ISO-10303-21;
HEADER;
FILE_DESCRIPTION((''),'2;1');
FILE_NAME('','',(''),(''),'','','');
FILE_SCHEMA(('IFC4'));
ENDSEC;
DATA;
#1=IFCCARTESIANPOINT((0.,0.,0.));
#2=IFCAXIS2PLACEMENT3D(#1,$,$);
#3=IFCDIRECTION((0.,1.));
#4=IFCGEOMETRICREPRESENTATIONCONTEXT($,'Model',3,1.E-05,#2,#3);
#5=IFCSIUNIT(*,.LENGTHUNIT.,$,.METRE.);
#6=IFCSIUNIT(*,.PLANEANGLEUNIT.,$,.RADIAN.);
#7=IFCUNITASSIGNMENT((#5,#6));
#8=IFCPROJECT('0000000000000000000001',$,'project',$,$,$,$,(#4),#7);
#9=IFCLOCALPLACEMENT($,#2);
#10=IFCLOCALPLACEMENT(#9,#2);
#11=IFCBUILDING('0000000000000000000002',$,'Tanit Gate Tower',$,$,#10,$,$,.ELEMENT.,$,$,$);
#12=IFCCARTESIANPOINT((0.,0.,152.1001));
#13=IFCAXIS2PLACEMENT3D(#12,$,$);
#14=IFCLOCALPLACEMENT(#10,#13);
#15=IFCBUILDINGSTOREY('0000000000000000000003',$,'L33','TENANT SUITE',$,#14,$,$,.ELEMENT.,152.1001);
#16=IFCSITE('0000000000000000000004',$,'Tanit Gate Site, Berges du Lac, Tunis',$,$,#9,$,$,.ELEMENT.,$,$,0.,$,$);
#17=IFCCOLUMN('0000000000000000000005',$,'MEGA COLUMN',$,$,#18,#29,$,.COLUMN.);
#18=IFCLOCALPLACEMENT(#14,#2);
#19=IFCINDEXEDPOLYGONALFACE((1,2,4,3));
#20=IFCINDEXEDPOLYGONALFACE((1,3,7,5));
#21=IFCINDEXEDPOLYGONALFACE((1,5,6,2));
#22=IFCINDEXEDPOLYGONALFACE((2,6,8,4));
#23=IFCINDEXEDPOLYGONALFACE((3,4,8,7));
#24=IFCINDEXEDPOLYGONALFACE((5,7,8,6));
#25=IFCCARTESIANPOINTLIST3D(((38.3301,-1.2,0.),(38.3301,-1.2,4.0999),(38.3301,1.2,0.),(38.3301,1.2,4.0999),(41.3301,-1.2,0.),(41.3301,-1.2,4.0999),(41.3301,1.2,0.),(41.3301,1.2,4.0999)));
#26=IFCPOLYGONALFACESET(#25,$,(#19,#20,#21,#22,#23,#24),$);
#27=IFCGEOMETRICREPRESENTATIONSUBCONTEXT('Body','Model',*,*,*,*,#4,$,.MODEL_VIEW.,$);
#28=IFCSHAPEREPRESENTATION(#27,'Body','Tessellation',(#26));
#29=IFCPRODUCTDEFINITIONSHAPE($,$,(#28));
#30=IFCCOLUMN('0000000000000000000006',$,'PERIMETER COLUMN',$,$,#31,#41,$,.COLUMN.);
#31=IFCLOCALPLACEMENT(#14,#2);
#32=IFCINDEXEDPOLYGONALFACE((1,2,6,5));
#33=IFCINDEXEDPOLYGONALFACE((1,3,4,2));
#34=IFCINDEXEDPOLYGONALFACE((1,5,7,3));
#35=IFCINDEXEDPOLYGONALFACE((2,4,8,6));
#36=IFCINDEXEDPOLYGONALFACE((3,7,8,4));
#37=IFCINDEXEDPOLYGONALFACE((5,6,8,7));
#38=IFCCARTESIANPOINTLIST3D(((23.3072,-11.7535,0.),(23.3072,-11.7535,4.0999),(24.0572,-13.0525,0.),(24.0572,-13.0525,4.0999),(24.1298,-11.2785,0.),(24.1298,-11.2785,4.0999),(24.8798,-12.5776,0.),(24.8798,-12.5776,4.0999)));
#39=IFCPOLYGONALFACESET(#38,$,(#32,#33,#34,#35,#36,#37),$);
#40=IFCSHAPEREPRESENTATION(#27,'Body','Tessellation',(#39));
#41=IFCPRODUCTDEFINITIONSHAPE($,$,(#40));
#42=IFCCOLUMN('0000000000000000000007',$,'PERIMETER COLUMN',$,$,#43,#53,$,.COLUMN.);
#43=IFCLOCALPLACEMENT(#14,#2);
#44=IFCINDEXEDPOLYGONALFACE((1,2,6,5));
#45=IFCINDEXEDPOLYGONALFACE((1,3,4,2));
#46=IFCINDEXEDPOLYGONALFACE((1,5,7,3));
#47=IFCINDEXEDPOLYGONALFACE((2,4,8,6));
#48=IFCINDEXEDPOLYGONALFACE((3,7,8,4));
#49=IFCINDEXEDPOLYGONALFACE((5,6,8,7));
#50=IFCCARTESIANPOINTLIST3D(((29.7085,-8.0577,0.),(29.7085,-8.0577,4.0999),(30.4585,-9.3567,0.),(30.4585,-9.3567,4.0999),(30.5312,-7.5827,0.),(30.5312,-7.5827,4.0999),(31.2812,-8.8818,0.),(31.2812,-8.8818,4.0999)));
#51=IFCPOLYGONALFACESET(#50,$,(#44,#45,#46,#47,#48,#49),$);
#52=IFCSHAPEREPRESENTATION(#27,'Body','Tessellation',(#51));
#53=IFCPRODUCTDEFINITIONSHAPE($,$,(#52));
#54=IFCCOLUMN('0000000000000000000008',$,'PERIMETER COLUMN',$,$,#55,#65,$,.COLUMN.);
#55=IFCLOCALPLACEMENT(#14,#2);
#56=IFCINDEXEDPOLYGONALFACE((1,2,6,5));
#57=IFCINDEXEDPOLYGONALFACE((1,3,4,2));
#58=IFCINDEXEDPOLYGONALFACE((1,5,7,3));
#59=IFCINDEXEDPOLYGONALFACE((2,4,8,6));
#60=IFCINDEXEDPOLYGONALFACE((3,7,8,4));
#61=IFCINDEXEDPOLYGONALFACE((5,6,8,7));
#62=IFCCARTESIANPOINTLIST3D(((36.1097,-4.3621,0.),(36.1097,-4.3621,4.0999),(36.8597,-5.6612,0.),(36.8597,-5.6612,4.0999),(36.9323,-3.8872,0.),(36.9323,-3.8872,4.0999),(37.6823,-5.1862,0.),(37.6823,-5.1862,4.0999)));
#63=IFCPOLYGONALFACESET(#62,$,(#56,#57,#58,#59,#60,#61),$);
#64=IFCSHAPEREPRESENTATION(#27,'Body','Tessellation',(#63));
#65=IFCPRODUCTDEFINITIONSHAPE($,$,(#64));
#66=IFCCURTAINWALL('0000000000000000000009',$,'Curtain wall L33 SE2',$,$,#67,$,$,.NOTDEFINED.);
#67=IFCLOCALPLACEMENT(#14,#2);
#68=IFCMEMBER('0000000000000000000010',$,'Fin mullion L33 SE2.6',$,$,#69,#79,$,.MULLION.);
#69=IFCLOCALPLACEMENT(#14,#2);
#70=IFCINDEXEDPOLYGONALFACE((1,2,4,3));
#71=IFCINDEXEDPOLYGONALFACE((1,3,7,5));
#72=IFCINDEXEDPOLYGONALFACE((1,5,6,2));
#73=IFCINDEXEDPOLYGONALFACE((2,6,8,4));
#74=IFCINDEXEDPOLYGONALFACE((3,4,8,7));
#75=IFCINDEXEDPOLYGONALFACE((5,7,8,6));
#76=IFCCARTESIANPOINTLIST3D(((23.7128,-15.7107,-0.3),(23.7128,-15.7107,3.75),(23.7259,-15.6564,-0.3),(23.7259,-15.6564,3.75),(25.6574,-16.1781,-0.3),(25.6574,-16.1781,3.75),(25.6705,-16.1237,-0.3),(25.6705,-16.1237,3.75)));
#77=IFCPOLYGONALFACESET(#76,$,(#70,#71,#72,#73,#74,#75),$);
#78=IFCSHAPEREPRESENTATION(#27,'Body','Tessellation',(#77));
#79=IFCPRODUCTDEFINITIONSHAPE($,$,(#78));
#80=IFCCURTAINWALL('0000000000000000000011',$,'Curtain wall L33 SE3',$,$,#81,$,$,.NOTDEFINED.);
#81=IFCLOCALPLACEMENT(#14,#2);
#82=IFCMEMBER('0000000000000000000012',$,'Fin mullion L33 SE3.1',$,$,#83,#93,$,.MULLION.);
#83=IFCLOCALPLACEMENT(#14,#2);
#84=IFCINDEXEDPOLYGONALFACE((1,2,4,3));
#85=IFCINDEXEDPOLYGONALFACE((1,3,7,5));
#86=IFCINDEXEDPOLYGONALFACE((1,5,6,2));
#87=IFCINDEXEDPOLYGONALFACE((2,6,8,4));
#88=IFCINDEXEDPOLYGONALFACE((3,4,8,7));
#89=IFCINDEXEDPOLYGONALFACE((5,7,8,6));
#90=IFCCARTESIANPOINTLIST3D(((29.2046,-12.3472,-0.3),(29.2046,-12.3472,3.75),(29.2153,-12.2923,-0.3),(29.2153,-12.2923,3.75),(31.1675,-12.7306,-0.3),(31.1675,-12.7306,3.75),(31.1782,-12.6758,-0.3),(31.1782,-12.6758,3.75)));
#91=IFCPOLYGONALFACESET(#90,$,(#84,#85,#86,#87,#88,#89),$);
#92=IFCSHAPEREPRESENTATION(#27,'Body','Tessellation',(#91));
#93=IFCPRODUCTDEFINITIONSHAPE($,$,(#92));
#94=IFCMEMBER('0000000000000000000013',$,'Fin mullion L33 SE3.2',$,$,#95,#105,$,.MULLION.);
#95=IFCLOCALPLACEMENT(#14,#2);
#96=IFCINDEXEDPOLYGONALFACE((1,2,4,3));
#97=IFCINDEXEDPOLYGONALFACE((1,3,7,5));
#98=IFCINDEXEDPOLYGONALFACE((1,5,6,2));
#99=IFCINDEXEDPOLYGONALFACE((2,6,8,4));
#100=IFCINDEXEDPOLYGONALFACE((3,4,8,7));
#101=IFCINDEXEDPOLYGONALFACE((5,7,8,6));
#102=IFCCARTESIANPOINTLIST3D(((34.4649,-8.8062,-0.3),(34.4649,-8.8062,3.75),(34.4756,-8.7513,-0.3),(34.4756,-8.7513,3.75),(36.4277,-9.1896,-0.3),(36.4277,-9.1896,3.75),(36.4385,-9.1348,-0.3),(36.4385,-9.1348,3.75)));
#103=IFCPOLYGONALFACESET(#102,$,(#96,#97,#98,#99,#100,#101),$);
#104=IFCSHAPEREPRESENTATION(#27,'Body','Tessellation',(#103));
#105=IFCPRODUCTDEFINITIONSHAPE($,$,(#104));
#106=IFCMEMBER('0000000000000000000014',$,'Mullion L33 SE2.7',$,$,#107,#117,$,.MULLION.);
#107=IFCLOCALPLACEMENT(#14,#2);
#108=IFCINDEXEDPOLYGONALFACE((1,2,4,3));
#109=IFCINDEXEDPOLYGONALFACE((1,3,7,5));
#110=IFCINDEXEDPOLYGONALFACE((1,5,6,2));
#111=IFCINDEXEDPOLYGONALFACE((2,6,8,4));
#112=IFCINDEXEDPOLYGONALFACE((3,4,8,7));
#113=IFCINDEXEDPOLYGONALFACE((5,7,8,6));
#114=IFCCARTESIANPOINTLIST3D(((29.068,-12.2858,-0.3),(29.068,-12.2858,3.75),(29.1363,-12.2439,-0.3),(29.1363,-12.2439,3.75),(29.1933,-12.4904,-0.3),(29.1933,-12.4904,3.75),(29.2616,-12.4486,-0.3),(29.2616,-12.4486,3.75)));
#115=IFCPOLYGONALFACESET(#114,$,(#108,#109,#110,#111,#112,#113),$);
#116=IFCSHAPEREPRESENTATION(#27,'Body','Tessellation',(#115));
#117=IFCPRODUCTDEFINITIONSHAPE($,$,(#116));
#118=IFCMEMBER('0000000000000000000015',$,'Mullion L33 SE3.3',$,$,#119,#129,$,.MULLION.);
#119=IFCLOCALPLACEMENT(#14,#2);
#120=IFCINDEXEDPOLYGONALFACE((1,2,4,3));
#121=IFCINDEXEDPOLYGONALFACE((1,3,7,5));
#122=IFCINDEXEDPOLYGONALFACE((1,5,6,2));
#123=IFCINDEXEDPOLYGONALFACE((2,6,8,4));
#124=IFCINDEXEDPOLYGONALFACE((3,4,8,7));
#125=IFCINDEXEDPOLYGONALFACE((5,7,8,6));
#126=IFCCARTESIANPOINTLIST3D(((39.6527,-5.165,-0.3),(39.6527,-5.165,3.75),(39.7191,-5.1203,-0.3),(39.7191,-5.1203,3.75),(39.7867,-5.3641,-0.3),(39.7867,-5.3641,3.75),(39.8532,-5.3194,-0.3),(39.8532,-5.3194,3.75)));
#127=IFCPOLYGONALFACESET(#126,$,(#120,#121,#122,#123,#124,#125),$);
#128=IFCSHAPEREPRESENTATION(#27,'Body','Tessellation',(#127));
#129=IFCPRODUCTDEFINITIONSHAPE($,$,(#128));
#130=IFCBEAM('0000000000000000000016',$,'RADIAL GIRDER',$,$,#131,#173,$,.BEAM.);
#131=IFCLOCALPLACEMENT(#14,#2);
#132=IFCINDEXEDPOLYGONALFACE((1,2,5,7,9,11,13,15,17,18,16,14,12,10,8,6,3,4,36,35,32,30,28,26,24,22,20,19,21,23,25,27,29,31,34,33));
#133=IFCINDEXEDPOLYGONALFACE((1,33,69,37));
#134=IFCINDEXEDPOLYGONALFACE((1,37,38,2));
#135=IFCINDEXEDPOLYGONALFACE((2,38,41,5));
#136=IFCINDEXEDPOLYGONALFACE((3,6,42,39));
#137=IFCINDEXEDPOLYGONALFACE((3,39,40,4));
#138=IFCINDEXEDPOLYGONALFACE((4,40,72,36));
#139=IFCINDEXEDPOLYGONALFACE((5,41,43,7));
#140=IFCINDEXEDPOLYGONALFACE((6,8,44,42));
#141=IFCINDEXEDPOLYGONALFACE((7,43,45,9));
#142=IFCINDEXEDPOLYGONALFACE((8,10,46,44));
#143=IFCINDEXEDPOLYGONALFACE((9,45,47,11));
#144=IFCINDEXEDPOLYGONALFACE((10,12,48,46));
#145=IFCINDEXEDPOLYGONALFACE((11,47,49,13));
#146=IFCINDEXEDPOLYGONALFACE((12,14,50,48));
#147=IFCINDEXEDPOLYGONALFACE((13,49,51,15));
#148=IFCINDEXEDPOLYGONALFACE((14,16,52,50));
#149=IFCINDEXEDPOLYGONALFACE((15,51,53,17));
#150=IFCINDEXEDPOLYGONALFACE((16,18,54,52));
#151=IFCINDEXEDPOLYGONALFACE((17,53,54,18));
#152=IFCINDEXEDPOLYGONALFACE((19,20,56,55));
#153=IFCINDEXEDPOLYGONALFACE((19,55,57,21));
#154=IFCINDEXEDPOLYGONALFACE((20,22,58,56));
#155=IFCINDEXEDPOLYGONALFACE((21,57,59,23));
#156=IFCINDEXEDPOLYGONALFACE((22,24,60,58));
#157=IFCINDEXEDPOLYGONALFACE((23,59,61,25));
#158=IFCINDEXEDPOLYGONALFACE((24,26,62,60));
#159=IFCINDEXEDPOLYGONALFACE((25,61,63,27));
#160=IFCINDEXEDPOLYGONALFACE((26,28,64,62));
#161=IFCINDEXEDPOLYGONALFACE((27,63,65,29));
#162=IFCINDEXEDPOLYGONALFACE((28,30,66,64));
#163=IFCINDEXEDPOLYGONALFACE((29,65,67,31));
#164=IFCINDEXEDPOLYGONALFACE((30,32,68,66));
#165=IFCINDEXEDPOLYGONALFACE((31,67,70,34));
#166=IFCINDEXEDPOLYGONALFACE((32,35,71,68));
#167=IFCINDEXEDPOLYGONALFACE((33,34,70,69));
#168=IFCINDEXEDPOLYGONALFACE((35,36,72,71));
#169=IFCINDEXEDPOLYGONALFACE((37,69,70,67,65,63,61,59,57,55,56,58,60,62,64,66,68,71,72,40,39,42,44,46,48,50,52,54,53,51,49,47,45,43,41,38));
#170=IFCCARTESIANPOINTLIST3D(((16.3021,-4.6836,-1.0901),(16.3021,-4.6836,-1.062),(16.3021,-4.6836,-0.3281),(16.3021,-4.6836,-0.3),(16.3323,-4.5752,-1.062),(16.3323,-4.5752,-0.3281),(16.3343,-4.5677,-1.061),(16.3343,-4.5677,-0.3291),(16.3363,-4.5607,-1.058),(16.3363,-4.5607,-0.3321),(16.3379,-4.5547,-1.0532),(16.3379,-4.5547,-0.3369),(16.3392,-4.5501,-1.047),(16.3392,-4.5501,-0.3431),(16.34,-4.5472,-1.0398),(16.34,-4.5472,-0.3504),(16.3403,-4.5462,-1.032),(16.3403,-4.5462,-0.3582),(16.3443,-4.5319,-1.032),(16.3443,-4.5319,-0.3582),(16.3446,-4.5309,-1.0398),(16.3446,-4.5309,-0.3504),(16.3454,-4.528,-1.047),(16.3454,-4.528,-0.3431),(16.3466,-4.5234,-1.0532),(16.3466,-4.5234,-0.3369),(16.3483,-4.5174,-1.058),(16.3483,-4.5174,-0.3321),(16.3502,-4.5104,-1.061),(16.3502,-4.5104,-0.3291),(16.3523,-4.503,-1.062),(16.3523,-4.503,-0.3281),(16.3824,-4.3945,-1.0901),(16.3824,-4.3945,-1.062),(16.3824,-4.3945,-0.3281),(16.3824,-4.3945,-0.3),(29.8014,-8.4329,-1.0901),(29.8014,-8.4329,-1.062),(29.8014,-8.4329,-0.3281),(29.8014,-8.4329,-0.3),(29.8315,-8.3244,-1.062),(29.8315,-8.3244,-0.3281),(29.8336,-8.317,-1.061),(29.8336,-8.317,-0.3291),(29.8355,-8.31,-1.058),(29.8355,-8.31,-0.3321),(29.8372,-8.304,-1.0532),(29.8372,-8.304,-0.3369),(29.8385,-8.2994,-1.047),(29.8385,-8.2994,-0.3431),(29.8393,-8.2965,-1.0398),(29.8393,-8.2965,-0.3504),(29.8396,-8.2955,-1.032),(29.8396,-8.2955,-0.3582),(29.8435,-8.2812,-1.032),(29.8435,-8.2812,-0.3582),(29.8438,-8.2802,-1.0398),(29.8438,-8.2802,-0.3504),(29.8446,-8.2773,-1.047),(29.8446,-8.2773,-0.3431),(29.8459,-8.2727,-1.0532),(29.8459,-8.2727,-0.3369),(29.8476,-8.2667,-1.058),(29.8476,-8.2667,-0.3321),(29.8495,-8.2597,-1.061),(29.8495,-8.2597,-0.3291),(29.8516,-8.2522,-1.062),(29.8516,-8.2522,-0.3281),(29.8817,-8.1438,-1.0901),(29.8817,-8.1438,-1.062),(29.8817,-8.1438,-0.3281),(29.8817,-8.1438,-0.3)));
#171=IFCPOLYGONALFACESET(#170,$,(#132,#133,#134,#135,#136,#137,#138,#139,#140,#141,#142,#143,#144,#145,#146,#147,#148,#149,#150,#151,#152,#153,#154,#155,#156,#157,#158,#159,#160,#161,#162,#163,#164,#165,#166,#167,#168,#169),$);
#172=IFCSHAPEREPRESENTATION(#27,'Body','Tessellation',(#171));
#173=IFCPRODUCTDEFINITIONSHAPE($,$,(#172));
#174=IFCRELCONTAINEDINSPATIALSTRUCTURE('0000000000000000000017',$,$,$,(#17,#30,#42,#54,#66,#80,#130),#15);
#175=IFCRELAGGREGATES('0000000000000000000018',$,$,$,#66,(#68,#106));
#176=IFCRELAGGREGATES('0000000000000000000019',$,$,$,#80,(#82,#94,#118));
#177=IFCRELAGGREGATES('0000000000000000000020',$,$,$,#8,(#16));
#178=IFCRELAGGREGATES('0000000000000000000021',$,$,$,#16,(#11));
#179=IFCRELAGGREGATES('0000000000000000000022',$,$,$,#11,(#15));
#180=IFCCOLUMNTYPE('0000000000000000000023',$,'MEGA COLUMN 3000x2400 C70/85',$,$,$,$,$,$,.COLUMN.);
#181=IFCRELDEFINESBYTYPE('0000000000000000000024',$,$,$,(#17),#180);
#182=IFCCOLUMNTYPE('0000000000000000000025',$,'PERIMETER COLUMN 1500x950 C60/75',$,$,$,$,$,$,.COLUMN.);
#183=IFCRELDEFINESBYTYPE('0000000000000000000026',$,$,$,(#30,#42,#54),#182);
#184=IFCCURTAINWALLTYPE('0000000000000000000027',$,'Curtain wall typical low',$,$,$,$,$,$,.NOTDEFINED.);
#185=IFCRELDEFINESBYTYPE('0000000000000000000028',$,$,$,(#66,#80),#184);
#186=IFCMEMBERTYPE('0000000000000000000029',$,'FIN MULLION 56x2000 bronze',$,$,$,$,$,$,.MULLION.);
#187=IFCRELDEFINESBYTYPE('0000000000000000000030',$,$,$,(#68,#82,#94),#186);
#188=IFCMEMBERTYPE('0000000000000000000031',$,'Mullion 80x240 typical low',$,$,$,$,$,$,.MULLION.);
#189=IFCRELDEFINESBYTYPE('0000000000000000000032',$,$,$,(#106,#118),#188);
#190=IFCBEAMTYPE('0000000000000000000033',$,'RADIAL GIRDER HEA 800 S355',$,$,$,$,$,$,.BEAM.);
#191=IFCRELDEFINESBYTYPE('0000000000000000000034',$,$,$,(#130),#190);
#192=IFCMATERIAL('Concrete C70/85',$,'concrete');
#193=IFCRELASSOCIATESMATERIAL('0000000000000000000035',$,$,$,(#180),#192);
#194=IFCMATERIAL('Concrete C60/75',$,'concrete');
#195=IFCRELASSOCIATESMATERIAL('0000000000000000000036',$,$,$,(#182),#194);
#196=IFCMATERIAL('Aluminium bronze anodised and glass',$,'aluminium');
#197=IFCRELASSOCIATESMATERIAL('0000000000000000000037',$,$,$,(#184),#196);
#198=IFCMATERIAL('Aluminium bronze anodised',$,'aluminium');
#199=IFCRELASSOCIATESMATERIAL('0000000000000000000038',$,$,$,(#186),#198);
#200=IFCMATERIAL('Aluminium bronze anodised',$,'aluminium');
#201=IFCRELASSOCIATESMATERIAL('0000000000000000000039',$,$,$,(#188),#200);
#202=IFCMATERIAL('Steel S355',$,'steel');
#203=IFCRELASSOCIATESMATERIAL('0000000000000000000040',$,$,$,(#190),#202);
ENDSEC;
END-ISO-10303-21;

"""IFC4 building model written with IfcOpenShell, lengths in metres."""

from ifc_helpers import new_model, si_unit, direction, frame, origin, origin_2d, place, context, subcontext, project, spatial, rectangle, i_section, extrude, material, material_profile, profile_set, type_object, element, aggregate, save


model = new_model("IFC4")

# Units and contexts
model_context = context("Model", 3, precision=1e-05, world=origin(), true_north=direction((0.0, 1.0)))
body_context = subcontext(model_context, "Body", "Model", "MODEL_VIEW")
ifc_project = project(units=[si_unit("LENGTHUNIT", "METRE"), si_unit("PLANEANGLEUNIT", "RADIAN")], contexts=[model_context])

# Site, building, storey
site_placement = place(None, origin())
site = spatial("IfcSite", under=ifc_project, at=site_placement, Name="Tanit Gate Site, Berges du Lac, Tunis", CompositionType="ELEMENT", RefElevation=0.0)
building_placement = place(site_placement, origin())
building = spatial("IfcBuilding", under=site, at=building_placement, Name="Tanit Gate Tower", CompositionType="ELEMENT")
storey_placement = place(building_placement, frame((0.0, 0.0, 152.1001)))
storey = spatial("IfcBuildingStorey", under=building, at=storey_placement, Name="L33", Description="TENANT SUITE", CompositionType="ELEMENT", Elevation=152.1001)

# Columns
ifc_material_1 = material(Name="Concrete C70/85", Category="concrete")
ifc_material_profile_1 = material_profile(ifc_material_1, rectangle(XDim=3.0, YDim=2.3999, at=origin_2d()), Name="RC 3000x2400")
ifc_profile_set_1 = profile_set([ifc_material_profile_1], Name="Concrete C70/85")
column_type_1 = type_object("IfcColumnType", Name="MEGA COLUMN 3000x2400 C70/85", PredefinedType="COLUMN", material=ifc_profile_set_1)
column_placement = place(storey_placement, frame((39.8301, 0.0, 0.0), z_axis=(0.0, 0.0, 1.0), x_axis=(1.0, 0.0, 0.0)))
element("IfcColumn", 1, at=column_placement, inside=storey, type_object=column_type_1, Name="MEGA COLUMN", PredefinedType="COLUMN", context=body_context, shape_type="SweptSolid", body=[
    extrude(rectangle(XDim=3.0, YDim=2.3999, at=origin_2d()), origin(), (0.0, 0.0, 1.0), 4.0999),
])
ifc_material_2 = material(Name="Concrete C60/75", Category="concrete")
ifc_material_profile_2 = material_profile(ifc_material_2, rectangle(XDim=1.5, YDim=0.95, at=origin_2d()), Name="RC 1500x950")
ifc_profile_set_2 = profile_set([ifc_material_profile_2], Name="Concrete C60/75")
column_type_2 = type_object("IfcColumnType", Name="PERIMETER COLUMN 1500x950 C60/75", PredefinedType="COLUMN", material=ifc_profile_set_2)
for number, where, z_axis, x_axis, name in (
    (2, (24.0935, -12.1655, 0.0), (0.0, 0.0, 1.0), (0.5, -0.866025, 0.0), "PERIMETER COLUMN"),
    (3, (30.4949, -8.4697, 0.0), (0.0, 0.0, 1.0), (0.5, -0.866025, 0.0), "PERIMETER COLUMN"),
    (4, (36.896, -4.7742, 0.0), (0.0, 0.0, 1.0), (0.5, -0.866025, 0.0), "PERIMETER COLUMN"),
):
    element("IfcColumn", number, at=place(storey_placement, frame(where, z_axis=z_axis, x_axis=x_axis)), inside=storey, type_object=column_type_2, Name=name, PredefinedType="COLUMN", context=body_context, shape_type="SweptSolid", body=[
        extrude(rectangle(XDim=1.5, YDim=0.95, at=origin_2d()), origin(), (0.0, 0.0, 1.0), 4.0999),
    ])

# Curtain wall, member
ifc_material_3 = material(Name="Aluminium bronze anodised and glass", Category="aluminium")
curtain_wall_type = type_object("IfcCurtainWallType", Name="Curtain wall typical low", PredefinedType="NOTDEFINED", material=ifc_material_3)
curtain_wall_1_placement = place(storey_placement, origin())
curtain_wall_1 = element("IfcCurtainWall", 5, at=curtain_wall_1_placement, inside=storey, type_object=curtain_wall_type, Name="Curtain wall L33 SE2", PredefinedType="NOTDEFINED")
ifc_material_4 = material(Name="Aluminium bronze anodised", Category="aluminium")
ifc_material_profile_3 = material_profile(ifc_material_4, rectangle(XDim=2.0, YDim=0.0559, at=origin_2d()), Name="56x2000 bronze fin mullion")
ifc_profile_set_3 = profile_set([ifc_material_profile_3], Name="Aluminium bronze anodised")
member_type_1 = type_object("IfcMemberType", Name="FIN MULLION 56x2000 bronze", PredefinedType="MULLION", material=ifc_profile_set_3)
member_1_placement = place(storey_placement, frame((24.6917, -15.9172, -0.3), z_axis=(0.0, 0.0, 1.0), x_axis=(-0.972311, 0.233691, 0.0)))
member_1 = element("IfcMember", 6, at=member_1_placement, type_object=member_type_1, Name="Fin mullion L33 SE2.6", PredefinedType="MULLION", context=body_context, shape_type="SweptSolid", body=[
    extrude(rectangle(XDim=2.0, YDim=0.0559, at=origin_2d()), origin(), (0.0, 0.0, 1.0), 4.05),
])

# Curtain wall, members
curtain_wall_2_placement = place(storey_placement, origin())
curtain_wall_2 = element("IfcCurtainWall", 7, at=curtain_wall_2_placement, inside=storey, type_object=curtain_wall_type, Name="Curtain wall L33 SE3", PredefinedType="NOTDEFINED")
member_2_placement = place(storey_placement, frame((30.1914, -12.5115, -0.3), z_axis=(0.0, 0.0, 1.0), x_axis=(-0.981446, 0.191739, 0.0)))
member_2 = element("IfcMember", 8, at=member_2_placement, type_object=member_type_1, Name="Fin mullion L33 SE3.1", PredefinedType="MULLION", context=body_context, shape_type="SweptSolid", body=[
    extrude(rectangle(XDim=2.0, YDim=0.0559, at=origin_2d()), origin(), (0.0, 0.0, 1.0), 4.05),
])
member_3_placement = place(storey_placement, frame((35.4517, -8.9705, -0.3), z_axis=(0.0, 0.0, 1.0), x_axis=(-0.981446, 0.191739, 0.0)))
member_3 = element("IfcMember", 9, at=member_3_placement, type_object=member_type_1, Name="Fin mullion L33 SE3.2", PredefinedType="MULLION", context=body_context, shape_type="SweptSolid", body=[
    extrude(rectangle(XDim=2.0, YDim=0.0559, at=origin_2d()), origin(), (0.0, 0.0, 1.0), 4.05),
])

# Members
ifc_material_5 = material(Name="Aluminium bronze anodised", Category="aluminium")
ifc_material_profile_4 = material_profile(ifc_material_5, rectangle(XDim=0.24, YDim=0.0801, at=origin_2d()), Name="80x240 bronze mullion")
ifc_profile_set_4 = profile_set([ifc_material_profile_4], Name="Aluminium bronze anodised")
member_type_2 = type_object("IfcMemberType", Name="Mullion 80x240 typical low", PredefinedType="MULLION", material=ifc_profile_set_4)
member_4_placement = place(storey_placement, frame((29.1648, -12.3672, -0.3), z_axis=(0.0, 0.0, 1.0), x_axis=(-0.522283, 0.852772, 0.0)))
member_4 = element("IfcMember", 10, at=member_4_placement, type_object=member_type_2, Name="Mullion L33 SE2.7", PredefinedType="MULLION", context=body_context, shape_type="SweptSolid", body=[
    extrude(rectangle(XDim=0.24, YDim=0.0801, at=origin_2d()), origin(), (0.0, 0.0, 1.0), 4.05),
])
member_5_placement = place(storey_placement, frame((39.7529, -5.2422, -0.3), z_axis=(0.0, 0.0, 1.0), x_axis=(-0.558408, 0.829567, 0.0)))
member_5 = element("IfcMember", 11, at=member_5_placement, type_object=member_type_2, Name="Mullion L33 SE3.3", PredefinedType="MULLION", context=body_context, shape_type="SweptSolid", body=[
    extrude(rectangle(XDim=0.24, YDim=0.0801, at=origin_2d()), origin(), (0.0, 0.0, 1.0), 4.05),
])

# Beam
ifc_material_6 = material(Name="Steel S355", Category="steel")
ifc_material_profile_5 = material_profile(ifc_material_6, i_section(OverallWidth=0.3, OverallDepth=0.79, WebThickness=0.0149, FlangeThickness=0.0281, FilletRadius=0.03, at=origin_2d()), Name="HEA 800")
ifc_profile_set_5 = profile_set([ifc_material_profile_5], Name="Steel S355")
beam_type_1 = type_object("IfcBeamType", Name="RADIAL GIRDER HEA 800 S355", PredefinedType="BEAM", material=ifc_profile_set_5)
beam_1_placement = place(storey_placement, frame((29.8416, -8.2883, -0.6951), z_axis=(-0.963528, 0.267609, 0.0), x_axis=(-0.267609, -0.963528, 0.0)))
element("IfcBeam", 12, at=beam_1_placement, inside=storey, type_object=beam_type_1, Name="RADIAL GIRDER", PredefinedType="BEAM", context=body_context, shape_type="SweptSolid", body=[
    extrude(i_section(OverallWidth=0.3, OverallDepth=0.79, WebThickness=0.0149, FlangeThickness=0.0281, FilletRadius=0.03, at=origin_2d()), origin(), (0.0, 0.0, 1.0), 14.0103),
])

aggregate(curtain_wall_1, [member_1, member_4])
aggregate(curtain_wall_2, [member_2, member_3, member_5])

save(model, "model.ifc")
